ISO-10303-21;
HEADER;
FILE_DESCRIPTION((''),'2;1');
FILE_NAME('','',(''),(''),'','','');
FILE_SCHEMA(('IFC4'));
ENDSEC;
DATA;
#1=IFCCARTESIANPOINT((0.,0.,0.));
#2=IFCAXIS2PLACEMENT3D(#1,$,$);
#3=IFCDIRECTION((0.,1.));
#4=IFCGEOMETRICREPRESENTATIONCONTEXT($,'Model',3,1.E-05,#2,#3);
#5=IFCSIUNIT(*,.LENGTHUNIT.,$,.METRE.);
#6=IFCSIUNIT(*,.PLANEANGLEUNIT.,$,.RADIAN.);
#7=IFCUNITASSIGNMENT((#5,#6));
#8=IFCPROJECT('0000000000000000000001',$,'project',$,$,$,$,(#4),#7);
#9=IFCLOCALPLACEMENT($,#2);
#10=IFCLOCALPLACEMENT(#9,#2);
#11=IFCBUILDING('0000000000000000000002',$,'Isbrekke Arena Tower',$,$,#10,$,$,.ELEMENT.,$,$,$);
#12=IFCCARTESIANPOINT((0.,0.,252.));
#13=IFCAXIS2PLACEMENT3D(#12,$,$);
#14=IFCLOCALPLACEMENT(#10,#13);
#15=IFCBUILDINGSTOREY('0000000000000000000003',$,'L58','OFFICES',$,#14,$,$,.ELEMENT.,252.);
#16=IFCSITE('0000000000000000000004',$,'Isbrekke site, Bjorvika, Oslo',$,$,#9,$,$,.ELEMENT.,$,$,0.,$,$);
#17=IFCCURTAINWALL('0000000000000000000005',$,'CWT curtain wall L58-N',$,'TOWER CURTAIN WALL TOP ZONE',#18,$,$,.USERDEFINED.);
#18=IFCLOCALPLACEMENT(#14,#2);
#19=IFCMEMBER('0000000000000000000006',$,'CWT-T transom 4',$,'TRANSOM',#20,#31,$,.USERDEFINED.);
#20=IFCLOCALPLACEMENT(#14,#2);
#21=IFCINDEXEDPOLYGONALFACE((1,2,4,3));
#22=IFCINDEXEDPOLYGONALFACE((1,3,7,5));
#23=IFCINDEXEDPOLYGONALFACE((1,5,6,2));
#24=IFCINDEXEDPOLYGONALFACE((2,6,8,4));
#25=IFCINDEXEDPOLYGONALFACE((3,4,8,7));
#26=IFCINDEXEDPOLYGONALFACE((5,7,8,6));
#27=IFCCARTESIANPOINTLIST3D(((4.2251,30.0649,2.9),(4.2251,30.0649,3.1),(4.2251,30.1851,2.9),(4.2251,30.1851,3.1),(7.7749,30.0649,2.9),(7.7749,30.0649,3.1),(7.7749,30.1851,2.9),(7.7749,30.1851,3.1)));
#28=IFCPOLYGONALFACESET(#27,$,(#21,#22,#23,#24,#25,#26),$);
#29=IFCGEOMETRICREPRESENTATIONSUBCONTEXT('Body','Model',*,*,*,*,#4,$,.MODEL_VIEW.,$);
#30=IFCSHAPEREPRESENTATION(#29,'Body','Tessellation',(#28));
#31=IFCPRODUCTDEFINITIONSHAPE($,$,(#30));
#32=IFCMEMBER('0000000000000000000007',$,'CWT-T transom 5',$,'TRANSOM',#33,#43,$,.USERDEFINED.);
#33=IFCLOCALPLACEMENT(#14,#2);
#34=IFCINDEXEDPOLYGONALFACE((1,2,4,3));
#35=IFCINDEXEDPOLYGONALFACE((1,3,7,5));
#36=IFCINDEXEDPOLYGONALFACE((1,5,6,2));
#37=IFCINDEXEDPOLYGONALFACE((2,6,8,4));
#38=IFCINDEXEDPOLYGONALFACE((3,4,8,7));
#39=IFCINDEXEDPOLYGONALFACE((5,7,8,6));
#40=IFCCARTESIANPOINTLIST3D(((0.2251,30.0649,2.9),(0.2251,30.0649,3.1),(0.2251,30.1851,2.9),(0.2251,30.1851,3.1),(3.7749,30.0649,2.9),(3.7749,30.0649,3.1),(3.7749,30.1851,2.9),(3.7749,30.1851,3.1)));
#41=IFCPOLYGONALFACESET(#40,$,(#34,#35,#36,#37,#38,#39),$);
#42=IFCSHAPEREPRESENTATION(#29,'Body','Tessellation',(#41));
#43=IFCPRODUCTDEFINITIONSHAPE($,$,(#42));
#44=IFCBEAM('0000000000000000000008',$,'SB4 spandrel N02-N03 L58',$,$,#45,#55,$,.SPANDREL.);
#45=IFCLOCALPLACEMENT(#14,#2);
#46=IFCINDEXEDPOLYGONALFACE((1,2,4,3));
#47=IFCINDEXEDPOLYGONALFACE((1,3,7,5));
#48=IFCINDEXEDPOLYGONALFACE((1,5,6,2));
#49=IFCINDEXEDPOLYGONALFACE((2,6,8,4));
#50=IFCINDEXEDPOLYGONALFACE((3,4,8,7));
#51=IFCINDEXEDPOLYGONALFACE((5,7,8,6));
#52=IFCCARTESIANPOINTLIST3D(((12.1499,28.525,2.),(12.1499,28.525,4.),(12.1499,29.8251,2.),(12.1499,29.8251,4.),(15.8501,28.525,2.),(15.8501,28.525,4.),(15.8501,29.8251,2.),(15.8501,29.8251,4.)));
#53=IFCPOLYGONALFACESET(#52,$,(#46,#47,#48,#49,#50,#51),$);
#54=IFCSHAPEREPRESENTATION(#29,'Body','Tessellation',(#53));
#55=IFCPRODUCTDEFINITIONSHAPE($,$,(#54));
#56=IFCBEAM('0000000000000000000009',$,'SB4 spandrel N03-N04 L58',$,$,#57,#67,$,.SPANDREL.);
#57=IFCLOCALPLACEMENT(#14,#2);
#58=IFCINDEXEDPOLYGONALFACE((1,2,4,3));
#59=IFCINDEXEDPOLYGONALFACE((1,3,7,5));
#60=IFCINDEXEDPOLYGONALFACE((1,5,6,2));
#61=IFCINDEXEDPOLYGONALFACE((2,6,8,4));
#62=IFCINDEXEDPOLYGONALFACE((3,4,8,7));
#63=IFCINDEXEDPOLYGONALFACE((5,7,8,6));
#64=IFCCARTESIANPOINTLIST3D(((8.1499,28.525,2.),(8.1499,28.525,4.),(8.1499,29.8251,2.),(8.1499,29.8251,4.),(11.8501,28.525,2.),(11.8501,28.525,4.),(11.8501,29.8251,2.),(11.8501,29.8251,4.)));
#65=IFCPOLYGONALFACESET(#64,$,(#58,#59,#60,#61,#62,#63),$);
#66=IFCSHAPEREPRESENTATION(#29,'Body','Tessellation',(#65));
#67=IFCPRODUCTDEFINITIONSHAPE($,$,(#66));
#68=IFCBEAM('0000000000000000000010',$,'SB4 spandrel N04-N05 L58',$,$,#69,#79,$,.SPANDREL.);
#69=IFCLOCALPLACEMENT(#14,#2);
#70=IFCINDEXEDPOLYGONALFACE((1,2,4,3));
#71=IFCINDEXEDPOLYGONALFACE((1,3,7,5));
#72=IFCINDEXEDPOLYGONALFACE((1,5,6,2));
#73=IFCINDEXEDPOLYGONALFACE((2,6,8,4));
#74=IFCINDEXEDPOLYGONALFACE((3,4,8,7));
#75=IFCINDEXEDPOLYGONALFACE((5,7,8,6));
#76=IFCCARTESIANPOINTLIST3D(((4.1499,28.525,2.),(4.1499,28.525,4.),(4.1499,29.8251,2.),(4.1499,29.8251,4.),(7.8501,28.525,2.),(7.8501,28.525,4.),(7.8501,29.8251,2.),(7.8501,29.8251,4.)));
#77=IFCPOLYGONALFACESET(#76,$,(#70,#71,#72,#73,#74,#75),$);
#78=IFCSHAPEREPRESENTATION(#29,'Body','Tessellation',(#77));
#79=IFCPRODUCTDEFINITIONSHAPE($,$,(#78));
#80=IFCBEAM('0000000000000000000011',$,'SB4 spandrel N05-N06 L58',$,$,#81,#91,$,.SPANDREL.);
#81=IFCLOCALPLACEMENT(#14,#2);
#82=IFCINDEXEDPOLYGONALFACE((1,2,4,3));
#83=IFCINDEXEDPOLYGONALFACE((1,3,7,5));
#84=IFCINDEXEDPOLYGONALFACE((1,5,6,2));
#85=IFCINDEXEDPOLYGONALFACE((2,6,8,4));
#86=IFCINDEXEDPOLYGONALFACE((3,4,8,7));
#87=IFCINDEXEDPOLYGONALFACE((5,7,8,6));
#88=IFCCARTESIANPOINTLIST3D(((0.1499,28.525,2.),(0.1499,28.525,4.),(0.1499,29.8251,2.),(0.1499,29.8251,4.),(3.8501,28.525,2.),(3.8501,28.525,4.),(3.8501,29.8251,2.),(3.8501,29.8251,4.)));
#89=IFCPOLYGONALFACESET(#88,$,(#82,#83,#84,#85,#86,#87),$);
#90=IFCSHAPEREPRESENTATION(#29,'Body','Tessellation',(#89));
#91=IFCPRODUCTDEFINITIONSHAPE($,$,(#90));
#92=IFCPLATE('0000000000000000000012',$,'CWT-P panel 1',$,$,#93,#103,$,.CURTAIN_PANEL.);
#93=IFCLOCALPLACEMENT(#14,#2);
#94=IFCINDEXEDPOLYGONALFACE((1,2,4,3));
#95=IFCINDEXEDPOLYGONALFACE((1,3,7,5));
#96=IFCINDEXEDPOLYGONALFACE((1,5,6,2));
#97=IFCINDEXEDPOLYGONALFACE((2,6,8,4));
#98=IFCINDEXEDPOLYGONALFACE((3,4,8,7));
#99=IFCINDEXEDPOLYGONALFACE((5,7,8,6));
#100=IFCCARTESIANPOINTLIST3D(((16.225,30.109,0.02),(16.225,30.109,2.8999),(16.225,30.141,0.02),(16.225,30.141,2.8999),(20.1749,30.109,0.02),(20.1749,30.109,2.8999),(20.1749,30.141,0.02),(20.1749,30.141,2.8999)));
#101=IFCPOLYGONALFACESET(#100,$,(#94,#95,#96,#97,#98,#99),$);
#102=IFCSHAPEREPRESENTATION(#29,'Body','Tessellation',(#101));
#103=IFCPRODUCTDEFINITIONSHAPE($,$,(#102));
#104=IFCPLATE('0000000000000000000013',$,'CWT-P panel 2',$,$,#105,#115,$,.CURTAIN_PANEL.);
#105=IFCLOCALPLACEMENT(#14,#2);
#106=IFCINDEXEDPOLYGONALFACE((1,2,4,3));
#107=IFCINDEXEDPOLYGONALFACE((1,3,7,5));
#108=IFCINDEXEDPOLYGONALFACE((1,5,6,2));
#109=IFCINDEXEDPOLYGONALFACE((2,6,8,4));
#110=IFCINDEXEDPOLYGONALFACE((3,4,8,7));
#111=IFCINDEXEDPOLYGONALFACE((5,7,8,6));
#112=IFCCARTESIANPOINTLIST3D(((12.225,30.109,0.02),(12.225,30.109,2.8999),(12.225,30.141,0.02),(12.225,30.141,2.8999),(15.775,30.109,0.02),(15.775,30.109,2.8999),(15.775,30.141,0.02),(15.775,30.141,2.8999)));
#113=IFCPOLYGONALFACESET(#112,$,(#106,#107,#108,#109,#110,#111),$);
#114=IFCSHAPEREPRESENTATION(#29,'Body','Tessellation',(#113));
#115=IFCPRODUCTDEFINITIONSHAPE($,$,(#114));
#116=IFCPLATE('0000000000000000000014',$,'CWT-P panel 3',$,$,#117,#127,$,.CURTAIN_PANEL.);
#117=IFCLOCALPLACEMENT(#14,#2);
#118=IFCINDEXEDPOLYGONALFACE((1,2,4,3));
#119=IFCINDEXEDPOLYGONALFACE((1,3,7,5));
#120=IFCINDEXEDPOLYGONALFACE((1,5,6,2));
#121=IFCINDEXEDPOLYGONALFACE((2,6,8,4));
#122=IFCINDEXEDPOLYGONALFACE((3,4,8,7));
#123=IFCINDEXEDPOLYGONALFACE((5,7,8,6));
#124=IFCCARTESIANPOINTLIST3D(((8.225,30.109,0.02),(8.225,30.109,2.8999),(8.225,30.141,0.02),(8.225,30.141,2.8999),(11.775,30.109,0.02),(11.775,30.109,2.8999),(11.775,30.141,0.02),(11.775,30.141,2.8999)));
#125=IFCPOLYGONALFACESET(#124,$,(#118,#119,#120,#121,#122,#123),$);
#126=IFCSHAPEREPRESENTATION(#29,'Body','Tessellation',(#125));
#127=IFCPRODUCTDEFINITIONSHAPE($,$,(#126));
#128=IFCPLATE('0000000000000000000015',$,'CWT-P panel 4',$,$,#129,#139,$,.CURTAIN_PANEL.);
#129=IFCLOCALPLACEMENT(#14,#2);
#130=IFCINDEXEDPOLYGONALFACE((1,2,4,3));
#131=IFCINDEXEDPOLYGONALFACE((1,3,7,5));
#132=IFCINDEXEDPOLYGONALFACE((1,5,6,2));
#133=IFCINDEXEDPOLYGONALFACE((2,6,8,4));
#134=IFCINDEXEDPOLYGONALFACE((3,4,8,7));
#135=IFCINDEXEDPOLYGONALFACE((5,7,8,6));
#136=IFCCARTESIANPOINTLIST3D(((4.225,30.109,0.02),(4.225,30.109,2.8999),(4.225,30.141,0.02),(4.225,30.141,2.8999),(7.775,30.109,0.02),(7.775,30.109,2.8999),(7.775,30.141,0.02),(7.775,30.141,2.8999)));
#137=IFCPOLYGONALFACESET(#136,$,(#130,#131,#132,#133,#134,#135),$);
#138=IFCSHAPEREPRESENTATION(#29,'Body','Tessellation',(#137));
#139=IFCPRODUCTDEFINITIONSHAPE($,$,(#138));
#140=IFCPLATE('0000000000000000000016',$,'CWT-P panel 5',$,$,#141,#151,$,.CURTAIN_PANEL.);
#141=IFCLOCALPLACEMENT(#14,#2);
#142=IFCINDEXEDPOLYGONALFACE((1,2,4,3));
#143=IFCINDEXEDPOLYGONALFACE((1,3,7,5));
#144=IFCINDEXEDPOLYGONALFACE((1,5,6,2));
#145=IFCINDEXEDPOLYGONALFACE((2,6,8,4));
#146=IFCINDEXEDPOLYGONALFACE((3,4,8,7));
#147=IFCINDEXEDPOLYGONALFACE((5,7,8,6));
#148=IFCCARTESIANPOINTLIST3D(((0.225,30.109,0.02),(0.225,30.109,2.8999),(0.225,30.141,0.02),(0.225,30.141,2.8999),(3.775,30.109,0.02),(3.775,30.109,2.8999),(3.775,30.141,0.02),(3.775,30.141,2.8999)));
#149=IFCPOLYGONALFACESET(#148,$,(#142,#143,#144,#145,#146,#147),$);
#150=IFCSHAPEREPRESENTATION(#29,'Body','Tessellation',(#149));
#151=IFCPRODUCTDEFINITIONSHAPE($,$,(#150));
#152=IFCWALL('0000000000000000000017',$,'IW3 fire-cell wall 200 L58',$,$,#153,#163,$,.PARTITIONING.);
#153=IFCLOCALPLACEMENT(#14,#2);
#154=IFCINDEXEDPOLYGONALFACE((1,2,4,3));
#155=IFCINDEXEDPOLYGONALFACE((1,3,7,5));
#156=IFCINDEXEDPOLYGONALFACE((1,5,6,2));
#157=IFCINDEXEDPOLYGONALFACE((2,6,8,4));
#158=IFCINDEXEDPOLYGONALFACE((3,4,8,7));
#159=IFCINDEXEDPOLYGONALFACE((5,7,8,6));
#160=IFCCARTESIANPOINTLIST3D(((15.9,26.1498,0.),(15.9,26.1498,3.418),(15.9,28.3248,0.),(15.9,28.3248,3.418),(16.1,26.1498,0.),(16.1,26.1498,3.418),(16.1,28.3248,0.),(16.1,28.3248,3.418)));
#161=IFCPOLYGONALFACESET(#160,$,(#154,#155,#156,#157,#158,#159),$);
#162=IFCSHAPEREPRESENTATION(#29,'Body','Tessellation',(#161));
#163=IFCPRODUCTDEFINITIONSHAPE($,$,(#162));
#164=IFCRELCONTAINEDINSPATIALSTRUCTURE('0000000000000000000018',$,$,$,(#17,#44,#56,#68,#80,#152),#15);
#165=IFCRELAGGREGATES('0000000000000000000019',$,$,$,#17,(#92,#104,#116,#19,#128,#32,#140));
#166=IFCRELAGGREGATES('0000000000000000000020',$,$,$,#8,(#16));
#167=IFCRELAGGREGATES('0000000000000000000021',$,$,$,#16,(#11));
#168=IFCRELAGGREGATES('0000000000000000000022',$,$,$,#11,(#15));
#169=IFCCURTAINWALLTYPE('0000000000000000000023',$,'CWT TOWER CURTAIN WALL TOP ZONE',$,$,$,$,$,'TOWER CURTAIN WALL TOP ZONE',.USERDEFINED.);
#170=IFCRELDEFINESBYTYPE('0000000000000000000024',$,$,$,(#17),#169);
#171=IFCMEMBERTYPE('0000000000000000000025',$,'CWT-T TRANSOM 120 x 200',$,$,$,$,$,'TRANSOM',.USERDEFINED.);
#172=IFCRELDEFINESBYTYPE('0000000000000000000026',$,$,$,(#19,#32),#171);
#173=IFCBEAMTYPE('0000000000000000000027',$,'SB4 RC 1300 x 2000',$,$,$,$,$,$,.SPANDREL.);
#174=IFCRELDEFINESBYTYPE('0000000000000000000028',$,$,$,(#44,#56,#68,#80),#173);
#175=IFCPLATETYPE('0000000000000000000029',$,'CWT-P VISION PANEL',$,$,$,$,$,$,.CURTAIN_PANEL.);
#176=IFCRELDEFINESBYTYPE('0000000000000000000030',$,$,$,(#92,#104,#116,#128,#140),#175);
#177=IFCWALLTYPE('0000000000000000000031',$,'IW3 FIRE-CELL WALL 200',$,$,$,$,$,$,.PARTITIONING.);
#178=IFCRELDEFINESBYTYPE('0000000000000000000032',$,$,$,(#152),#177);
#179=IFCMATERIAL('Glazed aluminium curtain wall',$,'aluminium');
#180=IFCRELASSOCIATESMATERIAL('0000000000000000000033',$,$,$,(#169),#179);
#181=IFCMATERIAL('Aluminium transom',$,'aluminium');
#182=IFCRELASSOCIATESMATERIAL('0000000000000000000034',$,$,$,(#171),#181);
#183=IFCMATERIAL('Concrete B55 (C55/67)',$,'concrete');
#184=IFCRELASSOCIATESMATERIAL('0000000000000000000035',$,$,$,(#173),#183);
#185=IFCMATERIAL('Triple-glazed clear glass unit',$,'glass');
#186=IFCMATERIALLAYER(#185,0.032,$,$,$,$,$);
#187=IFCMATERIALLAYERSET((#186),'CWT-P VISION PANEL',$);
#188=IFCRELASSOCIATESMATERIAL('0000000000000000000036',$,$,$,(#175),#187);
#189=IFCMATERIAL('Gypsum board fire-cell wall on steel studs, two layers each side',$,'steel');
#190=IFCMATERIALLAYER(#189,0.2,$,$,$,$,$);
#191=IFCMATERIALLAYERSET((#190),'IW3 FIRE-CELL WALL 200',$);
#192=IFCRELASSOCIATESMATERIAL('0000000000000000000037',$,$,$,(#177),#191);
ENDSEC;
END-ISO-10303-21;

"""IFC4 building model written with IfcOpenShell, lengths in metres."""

from ifc_helpers import new_model, si_unit, direction, frame, frame_2d, origin, origin_2d, place, context, subcontext, project, spatial, rectangle, extrude, material, layer, layer_set, material_profile, profile_set, type_object, element, aggregate, save


model = new_model("IFC4")

# Units and contexts
model_context = context("Model", 3, precision=1e-05, world=origin(), true_north=direction((0.0, 1.0)))
body_context = subcontext(model_context, "Body", "Model", "MODEL_VIEW")
ifc_project = project(units=[si_unit("LENGTHUNIT", "METRE"), si_unit("PLANEANGLEUNIT", "RADIAN")], contexts=[model_context])

# Site, building, storey
site_placement = place(None, origin())
site = spatial("IfcSite", under=ifc_project, at=site_placement, Name="Isbrekke site, Bjorvika, Oslo", CompositionType="ELEMENT", RefElevation=0.0)
building_placement = place(site_placement, origin())
building = spatial("IfcBuilding", under=site, at=building_placement, Name="Isbrekke Arena Tower", CompositionType="ELEMENT")
storey_placement = place(building_placement, frame((0.0, 0.0, 252.0)))
storey = spatial("IfcBuildingStorey", under=building, at=storey_placement, Name="L58", Description="OFFICES", CompositionType="ELEMENT", Elevation=252.0)

# Curtain wall, members
ifc_material_1 = material(Name="Glazed aluminium curtain wall", Category="aluminium")
curtain_wall_type = type_object("IfcCurtainWallType", Name="CWT TOWER CURTAIN WALL TOP ZONE", ElementType="TOWER CURTAIN WALL TOP ZONE", PredefinedType="USERDEFINED", material=ifc_material_1)
curtain_wall_placement = place(storey_placement, origin())
curtain_wall = element("IfcCurtainWall", 1, at=curtain_wall_placement, inside=storey, type_object=curtain_wall_type, Name="CWT curtain wall L58-N", ObjectType="TOWER CURTAIN WALL TOP ZONE", PredefinedType="USERDEFINED")
ifc_material_2 = material(Name="Aluminium transom", Category="aluminium")
ifc_material_profile_1 = material_profile(ifc_material_2, rectangle(XDim=0.1201, YDim=0.2, at=origin_2d()), Name="TRANSOM 120X200")
ifc_profile_set_1 = profile_set([ifc_material_profile_1], Name="Aluminium transom")
member_type_1 = type_object("IfcMemberType", Name="CWT-T TRANSOM 120 x 200", ElementType="TRANSOM", PredefinedType="USERDEFINED", material=ifc_profile_set_1)
member_1_placement = place(storey_placement, frame((7.7749, 30.125, 3.0), z_axis=(-1.0, 0.0, 0.0), x_axis=(0.0, -1.0, 0.0)))
member_1 = element("IfcMember", 2, at=member_1_placement, type_object=member_type_1, Name="CWT-T transom 4", ObjectType="TRANSOM", PredefinedType="USERDEFINED", context=body_context, shape_type="SweptSolid", body=[
    extrude(rectangle(XDim=0.1201, YDim=0.2, at=origin_2d()), origin(), (0.0, 0.0, 1.0), 3.5498),
])
member_2_placement = place(storey_placement, frame((3.7749, 30.125, 3.0), z_axis=(-1.0, 0.0, 0.0), x_axis=(0.0, -1.0, 0.0)))
member_2 = element("IfcMember", 3, at=member_2_placement, type_object=member_type_1, Name="CWT-T transom 5", ObjectType="TRANSOM", PredefinedType="USERDEFINED", context=body_context, shape_type="SweptSolid", body=[
    extrude(rectangle(XDim=0.1201, YDim=0.2, at=origin_2d()), origin(), (0.0, 0.0, 1.0), 3.5498),
])

# Beams
ifc_material_3 = material(Name="Concrete B55 (C55/67)", Category="concrete")
ifc_material_profile_2 = material_profile(ifc_material_3, rectangle(XDim=1.3, YDim=2.0, at=origin_2d()), Name="RC 1300x2000")
ifc_profile_set_2 = profile_set([ifc_material_profile_2], Name="Concrete B55 (C55/67)")
beam_type_1 = type_object("IfcBeamType", Name="SB4 RC 1300 x 2000", PredefinedType="SPANDREL", material=ifc_profile_set_2)
for number, where, z_axis, x_axis, name in (
    (4, (15.8501, 29.175, 3.0), (-1.0, 0.0, 0.0), (0.0, -1.0, 0.0), "SB4 spandrel N02-N03 L58"),
    (5, (11.8501, 29.175, 3.0), (-1.0, 0.0, 0.0), (0.0, -1.0, 0.0), "SB4 spandrel N03-N04 L58"),
    (6, (7.8501, 29.175, 3.0), (-1.0, 0.0, 0.0), (0.0, -1.0, 0.0), "SB4 spandrel N04-N05 L58"),
    (7, (3.8501, 29.175, 3.0), (-1.0, 0.0, 0.0), (0.0, -1.0, 0.0), "SB4 spandrel N05-N06 L58"),
):
    element("IfcBeam", number, at=place(storey_placement, frame(where, z_axis=z_axis, x_axis=x_axis)), inside=storey, type_object=beam_type_1, Name=name, PredefinedType="SPANDREL", context=body_context, shape_type="SweptSolid", body=[
        extrude(rectangle(XDim=1.3, YDim=2.0, at=origin_2d()), origin(), (0.0, 0.0, 1.0), 3.7002),
    ])

# Plates
ifc_material_4 = material(Name="Triple-glazed clear glass unit", Category="glass")
ifc_layer_1 = layer(ifc_material_4, 0.032)
ifc_layer_set_1 = layer_set([ifc_layer_1], Name="CWT-P VISION PANEL")
plate_type = type_object("IfcPlateType", Name="CWT-P VISION PANEL", PredefinedType="CURTAIN_PANEL", material=ifc_layer_set_1)
plate_1_placement = place(storey_placement, frame((18.2, 30.125, 0.02), z_axis=(0.0, 0.0, 1.0), x_axis=(-1.0, 0.0, 0.0)))
plate_1 = element("IfcPlate", 8, at=plate_1_placement, type_object=plate_type, Name="CWT-P panel 1", PredefinedType="CURTAIN_PANEL", context=body_context, shape_type="SweptSolid", body=[
    extrude(rectangle(XDim=3.95, YDim=0.032, at=origin_2d()), origin(), (0.0, 0.0, 1.0), 2.8799),
])
plate_2_placement = place(storey_placement, frame((14.0, 30.125, 0.02), z_axis=(0.0, 0.0, 1.0), x_axis=(-1.0, 0.0, 0.0)))
plate_2 = element("IfcPlate", 9, at=plate_2_placement, type_object=plate_type, Name="CWT-P panel 2", PredefinedType="CURTAIN_PANEL", context=body_context, shape_type="SweptSolid", body=[
    extrude(rectangle(XDim=3.55, YDim=0.032, at=origin_2d()), origin(), (0.0, 0.0, 1.0), 2.8799),
])
plate_3_placement = place(storey_placement, frame((10.0, 30.125, 0.02), z_axis=(0.0, 0.0, 1.0), x_axis=(-1.0, 0.0, 0.0)))
plate_3 = element("IfcPlate", 10, at=plate_3_placement, type_object=plate_type, Name="CWT-P panel 3", PredefinedType="CURTAIN_PANEL", context=body_context, shape_type="SweptSolid", body=[
    extrude(rectangle(XDim=3.55, YDim=0.032, at=origin_2d()), origin(), (0.0, 0.0, 1.0), 2.8799),
])
plate_4_placement = place(storey_placement, frame((6.0, 30.125, 0.02), z_axis=(0.0, 0.0, 1.0), x_axis=(-1.0, 0.0, 0.0)))
plate_4 = element("IfcPlate", 11, at=plate_4_placement, type_object=plate_type, Name="CWT-P panel 4", PredefinedType="CURTAIN_PANEL", context=body_context, shape_type="SweptSolid", body=[
    extrude(rectangle(XDim=3.55, YDim=0.032, at=origin_2d()), origin(), (0.0, 0.0, 1.0), 2.8799),
])
plate_5_placement = place(storey_placement, frame((2.0, 30.125, 0.02), z_axis=(0.0, 0.0, 1.0), x_axis=(-1.0, 0.0, 0.0)))
plate_5 = element("IfcPlate", 12, at=plate_5_placement, type_object=plate_type, Name="CWT-P panel 5", PredefinedType="CURTAIN_PANEL", context=body_context, shape_type="SweptSolid", body=[
    extrude(rectangle(XDim=3.55, YDim=0.032, at=origin_2d()), origin(), (0.0, 0.0, 1.0), 2.8799),
])
aggregate(curtain_wall, [plate_1, plate_2, plate_3, member_1, plate_4, member_2, plate_5])

# Wall
ifc_material_5 = material(Name="Gypsum board fire-cell wall on steel studs, two layers each side", Category="steel")
ifc_layer_2 = layer(ifc_material_5, 0.2)
ifc_layer_set_2 = layer_set([ifc_layer_2], Name="IW3 FIRE-CELL WALL 200")
wall_type = type_object("IfcWallType", Name="IW3 FIRE-CELL WALL 200", PredefinedType="PARTITIONING", material=ifc_layer_set_2)
wall_placement = place(storey_placement, frame((16.0, 26.1499, 0.0), z_axis=(0.0, 0.0, 1.0), x_axis=(0.0, 1.0, 0.0)))
element("IfcWall", 13, at=wall_placement, inside=storey, type_object=wall_type, Name="IW3 fire-cell wall 200 L58", PredefinedType="PARTITIONING", context=body_context, shape_type="SweptSolid", body=[
    extrude(rectangle(XDim=2.175, YDim=0.2, at=frame_2d((1.0874, 0.0))), origin(), (0.0, 0.0, 1.0), 3.418),
])

save(model, "model.ifc")
